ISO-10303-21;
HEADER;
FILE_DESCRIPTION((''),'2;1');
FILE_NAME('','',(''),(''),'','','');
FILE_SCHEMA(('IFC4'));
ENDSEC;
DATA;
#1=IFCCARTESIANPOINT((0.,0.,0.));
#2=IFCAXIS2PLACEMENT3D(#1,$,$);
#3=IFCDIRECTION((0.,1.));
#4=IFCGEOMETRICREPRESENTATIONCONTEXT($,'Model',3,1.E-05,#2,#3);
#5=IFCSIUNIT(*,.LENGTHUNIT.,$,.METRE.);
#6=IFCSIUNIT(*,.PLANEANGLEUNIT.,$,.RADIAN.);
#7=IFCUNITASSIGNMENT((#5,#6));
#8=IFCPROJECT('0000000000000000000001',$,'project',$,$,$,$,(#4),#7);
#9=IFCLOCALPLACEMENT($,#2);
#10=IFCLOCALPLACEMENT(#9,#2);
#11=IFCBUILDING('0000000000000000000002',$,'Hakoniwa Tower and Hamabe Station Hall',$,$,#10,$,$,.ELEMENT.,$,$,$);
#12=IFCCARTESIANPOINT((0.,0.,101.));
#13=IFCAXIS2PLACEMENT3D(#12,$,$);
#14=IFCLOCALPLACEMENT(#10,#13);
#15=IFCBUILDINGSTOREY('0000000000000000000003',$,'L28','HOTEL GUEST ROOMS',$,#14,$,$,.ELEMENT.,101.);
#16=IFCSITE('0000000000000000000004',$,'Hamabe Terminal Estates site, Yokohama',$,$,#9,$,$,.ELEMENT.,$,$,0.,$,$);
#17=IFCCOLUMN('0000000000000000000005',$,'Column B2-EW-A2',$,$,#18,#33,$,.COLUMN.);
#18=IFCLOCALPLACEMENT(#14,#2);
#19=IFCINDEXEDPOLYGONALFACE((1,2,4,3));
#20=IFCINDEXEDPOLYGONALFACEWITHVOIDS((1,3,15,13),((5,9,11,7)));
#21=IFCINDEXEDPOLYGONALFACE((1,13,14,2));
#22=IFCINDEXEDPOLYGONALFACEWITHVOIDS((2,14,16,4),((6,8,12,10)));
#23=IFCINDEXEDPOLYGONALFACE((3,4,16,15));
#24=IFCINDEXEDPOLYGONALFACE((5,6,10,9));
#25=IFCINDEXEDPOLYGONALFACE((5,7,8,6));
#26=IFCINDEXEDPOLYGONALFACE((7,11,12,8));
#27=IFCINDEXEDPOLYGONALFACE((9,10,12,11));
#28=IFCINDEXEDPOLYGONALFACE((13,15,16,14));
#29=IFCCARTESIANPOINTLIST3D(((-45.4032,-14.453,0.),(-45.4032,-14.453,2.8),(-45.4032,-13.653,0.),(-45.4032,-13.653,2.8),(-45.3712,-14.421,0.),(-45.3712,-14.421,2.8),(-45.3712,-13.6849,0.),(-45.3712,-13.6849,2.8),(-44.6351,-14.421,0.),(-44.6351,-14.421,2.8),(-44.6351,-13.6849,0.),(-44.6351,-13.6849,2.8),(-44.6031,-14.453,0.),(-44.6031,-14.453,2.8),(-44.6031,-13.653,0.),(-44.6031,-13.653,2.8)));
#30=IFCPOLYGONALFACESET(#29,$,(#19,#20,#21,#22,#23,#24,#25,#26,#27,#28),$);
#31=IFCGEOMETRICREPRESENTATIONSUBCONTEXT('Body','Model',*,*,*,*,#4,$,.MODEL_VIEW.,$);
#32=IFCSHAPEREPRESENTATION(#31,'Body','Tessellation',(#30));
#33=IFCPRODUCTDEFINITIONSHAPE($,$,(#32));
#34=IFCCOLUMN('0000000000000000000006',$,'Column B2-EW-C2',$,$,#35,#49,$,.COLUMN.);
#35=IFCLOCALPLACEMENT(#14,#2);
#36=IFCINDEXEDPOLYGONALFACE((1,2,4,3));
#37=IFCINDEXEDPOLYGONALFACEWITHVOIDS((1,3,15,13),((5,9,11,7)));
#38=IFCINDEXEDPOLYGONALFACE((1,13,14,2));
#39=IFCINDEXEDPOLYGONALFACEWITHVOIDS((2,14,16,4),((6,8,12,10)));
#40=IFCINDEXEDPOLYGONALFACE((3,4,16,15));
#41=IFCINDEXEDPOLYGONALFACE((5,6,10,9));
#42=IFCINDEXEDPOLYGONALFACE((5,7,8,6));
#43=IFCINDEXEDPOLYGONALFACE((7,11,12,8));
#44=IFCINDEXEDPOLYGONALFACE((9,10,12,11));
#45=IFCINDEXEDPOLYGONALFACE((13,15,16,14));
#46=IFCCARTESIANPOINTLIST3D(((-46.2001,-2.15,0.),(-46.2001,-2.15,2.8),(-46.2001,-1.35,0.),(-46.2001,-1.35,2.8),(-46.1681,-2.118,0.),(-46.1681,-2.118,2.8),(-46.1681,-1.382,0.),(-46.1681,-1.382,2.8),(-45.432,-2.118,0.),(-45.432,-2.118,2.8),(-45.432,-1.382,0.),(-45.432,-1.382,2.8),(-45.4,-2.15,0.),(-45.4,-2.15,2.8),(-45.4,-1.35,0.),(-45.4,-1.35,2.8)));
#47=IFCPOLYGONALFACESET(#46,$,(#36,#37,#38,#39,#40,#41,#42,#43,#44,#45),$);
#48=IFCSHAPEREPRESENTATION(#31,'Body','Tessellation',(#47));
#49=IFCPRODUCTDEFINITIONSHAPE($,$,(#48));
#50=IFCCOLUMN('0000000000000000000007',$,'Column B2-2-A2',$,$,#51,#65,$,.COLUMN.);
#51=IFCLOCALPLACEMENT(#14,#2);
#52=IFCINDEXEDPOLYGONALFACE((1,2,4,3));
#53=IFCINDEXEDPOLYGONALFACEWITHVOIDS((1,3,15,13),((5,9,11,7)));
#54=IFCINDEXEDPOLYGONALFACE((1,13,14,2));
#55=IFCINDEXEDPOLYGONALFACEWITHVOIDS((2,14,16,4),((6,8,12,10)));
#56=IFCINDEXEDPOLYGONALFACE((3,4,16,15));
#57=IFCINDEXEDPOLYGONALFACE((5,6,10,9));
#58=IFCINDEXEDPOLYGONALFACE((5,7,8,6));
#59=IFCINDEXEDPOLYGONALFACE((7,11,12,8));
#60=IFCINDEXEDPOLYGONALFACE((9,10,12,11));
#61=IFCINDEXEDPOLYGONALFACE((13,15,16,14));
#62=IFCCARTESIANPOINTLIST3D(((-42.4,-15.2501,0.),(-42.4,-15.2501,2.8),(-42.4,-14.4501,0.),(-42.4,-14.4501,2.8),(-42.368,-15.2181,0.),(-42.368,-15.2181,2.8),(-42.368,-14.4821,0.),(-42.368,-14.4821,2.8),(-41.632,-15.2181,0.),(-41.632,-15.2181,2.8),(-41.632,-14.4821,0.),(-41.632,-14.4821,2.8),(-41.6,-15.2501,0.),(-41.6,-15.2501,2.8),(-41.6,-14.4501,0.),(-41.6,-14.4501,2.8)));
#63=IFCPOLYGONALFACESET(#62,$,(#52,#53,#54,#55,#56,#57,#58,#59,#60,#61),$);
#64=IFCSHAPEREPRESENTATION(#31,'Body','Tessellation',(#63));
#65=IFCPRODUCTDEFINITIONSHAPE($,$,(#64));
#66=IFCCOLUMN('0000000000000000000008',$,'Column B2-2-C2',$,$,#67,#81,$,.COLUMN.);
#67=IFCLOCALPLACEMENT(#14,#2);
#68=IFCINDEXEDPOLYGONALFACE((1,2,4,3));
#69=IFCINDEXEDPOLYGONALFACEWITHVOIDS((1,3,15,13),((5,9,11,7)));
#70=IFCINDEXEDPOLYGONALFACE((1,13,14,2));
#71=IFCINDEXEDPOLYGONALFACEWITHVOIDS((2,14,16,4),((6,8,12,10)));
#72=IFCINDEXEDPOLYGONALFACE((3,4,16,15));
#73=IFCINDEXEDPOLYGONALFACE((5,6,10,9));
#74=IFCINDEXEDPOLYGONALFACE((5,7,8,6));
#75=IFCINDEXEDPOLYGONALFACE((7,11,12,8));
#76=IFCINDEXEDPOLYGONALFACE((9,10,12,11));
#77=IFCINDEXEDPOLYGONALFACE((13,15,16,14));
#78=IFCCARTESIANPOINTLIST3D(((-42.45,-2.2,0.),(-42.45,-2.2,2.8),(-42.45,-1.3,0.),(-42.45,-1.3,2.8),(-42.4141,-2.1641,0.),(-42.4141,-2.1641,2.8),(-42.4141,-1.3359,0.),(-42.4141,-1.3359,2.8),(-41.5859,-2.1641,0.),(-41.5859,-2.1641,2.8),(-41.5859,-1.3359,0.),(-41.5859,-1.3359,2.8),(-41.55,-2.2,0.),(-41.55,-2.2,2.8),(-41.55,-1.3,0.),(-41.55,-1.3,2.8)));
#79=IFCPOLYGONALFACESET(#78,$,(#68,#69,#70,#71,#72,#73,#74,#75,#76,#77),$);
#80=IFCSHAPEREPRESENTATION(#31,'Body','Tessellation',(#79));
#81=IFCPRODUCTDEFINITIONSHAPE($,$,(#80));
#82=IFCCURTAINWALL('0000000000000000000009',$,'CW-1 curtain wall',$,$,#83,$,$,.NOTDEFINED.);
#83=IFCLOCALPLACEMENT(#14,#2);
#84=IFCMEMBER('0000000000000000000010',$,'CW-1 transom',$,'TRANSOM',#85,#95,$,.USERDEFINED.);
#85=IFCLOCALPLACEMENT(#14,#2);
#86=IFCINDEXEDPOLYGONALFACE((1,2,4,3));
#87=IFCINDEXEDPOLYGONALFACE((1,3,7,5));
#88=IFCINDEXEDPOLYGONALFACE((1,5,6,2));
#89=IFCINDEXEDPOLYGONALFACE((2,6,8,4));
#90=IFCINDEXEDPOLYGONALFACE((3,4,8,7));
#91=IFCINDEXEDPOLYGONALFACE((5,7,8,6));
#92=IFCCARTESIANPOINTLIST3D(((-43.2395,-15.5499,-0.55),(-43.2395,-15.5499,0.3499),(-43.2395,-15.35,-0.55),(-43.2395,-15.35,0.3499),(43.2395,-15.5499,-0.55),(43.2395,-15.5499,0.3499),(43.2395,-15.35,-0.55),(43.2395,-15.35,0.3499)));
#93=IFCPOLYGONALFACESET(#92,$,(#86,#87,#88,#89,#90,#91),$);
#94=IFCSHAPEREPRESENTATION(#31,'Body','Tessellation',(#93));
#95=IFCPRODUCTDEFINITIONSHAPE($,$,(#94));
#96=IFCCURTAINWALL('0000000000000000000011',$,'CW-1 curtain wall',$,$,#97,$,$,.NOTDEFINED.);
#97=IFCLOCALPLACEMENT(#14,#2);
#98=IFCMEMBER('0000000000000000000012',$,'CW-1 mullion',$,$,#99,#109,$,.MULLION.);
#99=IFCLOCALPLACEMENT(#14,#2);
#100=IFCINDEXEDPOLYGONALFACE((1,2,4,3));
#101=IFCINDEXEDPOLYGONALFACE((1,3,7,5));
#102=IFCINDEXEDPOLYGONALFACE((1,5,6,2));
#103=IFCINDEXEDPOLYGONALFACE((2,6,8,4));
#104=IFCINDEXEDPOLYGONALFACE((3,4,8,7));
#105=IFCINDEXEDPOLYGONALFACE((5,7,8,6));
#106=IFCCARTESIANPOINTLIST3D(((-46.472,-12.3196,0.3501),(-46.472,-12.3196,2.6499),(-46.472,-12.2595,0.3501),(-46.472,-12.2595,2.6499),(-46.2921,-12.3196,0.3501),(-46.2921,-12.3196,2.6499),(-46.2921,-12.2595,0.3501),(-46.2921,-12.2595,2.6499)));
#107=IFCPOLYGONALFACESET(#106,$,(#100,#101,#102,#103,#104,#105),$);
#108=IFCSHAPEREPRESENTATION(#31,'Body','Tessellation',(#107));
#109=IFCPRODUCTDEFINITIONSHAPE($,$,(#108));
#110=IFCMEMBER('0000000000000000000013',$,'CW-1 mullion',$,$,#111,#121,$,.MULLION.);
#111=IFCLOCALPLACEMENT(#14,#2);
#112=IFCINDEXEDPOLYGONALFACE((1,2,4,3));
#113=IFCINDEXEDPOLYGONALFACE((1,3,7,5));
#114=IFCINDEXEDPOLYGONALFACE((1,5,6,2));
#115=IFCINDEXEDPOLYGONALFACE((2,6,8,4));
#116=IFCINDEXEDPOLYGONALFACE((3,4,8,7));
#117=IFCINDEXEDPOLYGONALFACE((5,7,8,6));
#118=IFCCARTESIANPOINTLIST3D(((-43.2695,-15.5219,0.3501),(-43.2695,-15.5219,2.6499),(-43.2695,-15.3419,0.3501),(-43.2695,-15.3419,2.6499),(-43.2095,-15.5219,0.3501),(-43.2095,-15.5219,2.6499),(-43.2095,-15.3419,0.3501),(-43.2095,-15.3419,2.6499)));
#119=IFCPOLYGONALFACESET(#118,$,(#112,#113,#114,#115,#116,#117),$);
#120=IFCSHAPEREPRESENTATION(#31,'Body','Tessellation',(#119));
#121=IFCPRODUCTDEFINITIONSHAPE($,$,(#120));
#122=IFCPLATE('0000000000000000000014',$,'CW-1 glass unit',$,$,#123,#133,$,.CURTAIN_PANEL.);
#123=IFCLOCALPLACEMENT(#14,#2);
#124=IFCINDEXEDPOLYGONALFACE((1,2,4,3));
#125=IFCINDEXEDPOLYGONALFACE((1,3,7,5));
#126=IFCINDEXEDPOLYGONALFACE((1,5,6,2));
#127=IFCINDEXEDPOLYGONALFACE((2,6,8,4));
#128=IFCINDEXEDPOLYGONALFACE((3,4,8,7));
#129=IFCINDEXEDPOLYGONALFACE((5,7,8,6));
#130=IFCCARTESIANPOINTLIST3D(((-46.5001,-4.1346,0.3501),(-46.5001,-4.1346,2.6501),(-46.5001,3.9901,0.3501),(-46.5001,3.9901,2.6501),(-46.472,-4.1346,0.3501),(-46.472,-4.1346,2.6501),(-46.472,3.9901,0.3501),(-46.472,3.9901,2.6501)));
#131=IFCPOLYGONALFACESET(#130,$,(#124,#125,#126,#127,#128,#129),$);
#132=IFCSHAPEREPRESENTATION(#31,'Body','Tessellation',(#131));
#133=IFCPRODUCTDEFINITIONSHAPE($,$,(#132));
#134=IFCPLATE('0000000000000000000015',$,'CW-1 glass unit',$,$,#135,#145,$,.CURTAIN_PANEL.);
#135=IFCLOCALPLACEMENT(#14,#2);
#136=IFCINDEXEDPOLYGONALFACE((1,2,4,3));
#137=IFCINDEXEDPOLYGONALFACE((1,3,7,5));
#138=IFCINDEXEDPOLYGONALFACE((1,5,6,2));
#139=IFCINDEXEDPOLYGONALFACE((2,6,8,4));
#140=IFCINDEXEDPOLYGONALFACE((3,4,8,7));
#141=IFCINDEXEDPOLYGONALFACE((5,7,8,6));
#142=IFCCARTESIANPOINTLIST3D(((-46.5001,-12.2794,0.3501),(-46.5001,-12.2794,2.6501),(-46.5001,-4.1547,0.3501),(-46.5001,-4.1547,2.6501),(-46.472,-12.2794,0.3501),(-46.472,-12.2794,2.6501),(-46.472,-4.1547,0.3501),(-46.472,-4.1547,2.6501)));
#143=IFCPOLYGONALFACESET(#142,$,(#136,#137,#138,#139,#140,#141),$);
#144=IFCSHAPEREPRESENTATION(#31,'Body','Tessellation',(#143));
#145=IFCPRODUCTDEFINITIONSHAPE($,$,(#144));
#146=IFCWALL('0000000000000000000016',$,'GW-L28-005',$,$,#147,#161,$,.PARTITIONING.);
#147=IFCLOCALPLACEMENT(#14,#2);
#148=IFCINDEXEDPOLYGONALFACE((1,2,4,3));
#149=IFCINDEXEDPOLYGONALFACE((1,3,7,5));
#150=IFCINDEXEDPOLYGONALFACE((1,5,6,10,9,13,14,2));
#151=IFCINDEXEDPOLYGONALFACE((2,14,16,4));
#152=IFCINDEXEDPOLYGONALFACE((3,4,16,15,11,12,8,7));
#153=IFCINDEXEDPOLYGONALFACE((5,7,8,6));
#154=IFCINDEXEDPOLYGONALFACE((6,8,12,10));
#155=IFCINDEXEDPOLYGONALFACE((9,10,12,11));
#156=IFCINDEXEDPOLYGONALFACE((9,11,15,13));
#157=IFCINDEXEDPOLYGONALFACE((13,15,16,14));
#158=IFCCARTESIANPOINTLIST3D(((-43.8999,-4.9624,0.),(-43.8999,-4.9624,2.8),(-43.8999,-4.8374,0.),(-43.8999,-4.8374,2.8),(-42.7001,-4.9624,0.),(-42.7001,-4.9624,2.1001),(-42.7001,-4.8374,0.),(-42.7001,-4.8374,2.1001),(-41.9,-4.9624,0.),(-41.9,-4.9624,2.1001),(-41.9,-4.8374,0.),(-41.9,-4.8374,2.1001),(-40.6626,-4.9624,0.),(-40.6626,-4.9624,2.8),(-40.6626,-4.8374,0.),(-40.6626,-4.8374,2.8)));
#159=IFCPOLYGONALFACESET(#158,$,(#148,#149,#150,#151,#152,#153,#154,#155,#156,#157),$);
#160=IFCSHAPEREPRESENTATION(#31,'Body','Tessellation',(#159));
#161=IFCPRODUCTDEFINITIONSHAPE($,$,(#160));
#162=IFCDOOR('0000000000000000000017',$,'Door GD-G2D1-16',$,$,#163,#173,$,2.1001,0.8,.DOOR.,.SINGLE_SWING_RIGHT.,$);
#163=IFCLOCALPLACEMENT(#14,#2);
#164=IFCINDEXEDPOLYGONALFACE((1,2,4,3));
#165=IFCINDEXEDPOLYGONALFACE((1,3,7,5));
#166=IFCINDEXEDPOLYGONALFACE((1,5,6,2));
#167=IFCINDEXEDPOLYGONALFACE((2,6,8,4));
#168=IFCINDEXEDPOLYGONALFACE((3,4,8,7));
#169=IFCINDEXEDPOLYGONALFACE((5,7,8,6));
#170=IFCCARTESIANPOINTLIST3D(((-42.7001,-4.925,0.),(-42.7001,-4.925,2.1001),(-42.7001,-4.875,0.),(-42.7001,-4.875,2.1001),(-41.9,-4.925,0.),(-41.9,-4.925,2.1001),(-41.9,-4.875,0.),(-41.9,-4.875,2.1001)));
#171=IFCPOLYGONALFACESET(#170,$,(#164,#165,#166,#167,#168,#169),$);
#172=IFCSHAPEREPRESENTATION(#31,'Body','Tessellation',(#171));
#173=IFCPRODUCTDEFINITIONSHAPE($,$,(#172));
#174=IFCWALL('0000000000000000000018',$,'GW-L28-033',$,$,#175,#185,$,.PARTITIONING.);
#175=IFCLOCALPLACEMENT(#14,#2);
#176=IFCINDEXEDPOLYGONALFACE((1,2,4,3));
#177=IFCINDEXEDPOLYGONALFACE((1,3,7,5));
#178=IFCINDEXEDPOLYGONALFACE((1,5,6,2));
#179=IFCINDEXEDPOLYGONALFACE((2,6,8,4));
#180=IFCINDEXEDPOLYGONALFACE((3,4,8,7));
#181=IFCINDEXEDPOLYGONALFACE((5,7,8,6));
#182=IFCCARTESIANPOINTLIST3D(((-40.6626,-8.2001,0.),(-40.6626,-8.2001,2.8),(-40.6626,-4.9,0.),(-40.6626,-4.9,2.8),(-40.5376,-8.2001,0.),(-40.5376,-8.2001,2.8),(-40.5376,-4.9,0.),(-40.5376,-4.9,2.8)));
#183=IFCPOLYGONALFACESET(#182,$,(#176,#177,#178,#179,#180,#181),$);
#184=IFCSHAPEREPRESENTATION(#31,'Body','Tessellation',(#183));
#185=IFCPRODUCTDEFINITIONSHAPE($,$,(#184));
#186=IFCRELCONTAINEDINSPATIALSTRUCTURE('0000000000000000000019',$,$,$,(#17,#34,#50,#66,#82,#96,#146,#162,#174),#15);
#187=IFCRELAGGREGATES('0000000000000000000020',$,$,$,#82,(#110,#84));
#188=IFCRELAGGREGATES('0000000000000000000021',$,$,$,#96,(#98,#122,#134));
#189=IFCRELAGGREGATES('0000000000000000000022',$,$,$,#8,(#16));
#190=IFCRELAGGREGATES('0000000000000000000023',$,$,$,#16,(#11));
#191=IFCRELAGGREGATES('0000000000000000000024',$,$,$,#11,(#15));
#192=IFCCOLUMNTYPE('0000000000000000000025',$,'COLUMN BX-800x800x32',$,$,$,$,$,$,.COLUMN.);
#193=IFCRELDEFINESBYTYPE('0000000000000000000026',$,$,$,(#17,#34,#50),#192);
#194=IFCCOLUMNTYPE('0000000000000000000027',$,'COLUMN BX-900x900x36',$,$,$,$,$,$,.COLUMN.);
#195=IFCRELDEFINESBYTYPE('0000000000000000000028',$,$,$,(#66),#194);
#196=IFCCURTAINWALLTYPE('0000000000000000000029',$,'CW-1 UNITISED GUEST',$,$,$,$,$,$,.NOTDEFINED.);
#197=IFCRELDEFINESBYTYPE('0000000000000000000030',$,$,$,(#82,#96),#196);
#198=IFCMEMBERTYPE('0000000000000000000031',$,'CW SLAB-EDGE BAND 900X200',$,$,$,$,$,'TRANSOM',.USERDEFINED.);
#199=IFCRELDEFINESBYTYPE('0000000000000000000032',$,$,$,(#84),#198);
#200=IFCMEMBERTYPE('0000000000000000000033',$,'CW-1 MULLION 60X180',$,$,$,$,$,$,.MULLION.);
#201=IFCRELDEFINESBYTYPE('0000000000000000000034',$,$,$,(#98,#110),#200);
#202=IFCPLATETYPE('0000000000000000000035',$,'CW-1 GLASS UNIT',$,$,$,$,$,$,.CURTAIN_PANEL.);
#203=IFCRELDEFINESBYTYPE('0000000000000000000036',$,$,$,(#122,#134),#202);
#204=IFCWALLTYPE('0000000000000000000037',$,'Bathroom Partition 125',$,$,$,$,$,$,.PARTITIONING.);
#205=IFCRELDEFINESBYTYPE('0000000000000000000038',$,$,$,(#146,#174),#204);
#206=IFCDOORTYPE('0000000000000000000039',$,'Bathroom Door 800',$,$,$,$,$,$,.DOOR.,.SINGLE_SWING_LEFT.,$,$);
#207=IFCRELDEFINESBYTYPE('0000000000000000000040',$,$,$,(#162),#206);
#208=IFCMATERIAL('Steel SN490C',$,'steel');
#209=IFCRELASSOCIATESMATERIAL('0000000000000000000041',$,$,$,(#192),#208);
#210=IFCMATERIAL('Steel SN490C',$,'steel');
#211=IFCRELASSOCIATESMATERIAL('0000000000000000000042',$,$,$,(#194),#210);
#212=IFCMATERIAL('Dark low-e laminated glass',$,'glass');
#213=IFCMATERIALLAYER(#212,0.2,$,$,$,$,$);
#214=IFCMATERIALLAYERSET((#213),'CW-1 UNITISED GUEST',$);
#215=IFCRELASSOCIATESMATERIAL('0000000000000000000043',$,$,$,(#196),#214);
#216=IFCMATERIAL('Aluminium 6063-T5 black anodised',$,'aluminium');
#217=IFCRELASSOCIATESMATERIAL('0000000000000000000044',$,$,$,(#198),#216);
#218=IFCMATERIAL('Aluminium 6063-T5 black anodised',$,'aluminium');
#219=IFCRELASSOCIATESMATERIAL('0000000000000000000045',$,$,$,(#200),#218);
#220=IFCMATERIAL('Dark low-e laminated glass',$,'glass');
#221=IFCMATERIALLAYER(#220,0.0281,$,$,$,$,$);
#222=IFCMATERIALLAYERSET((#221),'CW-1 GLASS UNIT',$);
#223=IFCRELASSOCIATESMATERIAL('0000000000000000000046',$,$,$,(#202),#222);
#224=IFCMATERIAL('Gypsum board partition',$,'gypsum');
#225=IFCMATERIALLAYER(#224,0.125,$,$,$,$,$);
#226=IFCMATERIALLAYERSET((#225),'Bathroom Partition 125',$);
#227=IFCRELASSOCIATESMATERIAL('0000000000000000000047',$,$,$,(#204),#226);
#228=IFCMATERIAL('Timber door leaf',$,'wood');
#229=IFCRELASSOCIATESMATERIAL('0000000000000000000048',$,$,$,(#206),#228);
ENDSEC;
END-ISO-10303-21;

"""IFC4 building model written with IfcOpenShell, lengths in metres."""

from ifc_helpers import new_model, si_unit, direction, frame, frame_2d, origin, origin_2d, place, context, subcontext, project, spatial, rectangle, hollow_rectangle, extrude, material, layer, layer_set, material_profile, profile_set, type_object, element, fill, aggregate, save


model = new_model("IFC4")

# Units and contexts
model_context = context("Model", 3, precision=1e-05, world=origin(), true_north=direction((0.0, 1.0)))
body_context = subcontext(model_context, "Body", "Model", "MODEL_VIEW")
ifc_project = project(units=[si_unit("LENGTHUNIT", "METRE"), si_unit("PLANEANGLEUNIT", "RADIAN")], contexts=[model_context])

# Site, building, storey
site_placement = place(None, origin())
site = spatial("IfcSite", under=ifc_project, at=site_placement, Name="Hamabe Terminal Estates site, Yokohama", CompositionType="ELEMENT", RefElevation=0.0)
building_placement = place(site_placement, origin())
building = spatial("IfcBuilding", under=site, at=building_placement, Name="Hakoniwa Tower and Hamabe Station Hall", CompositionType="ELEMENT")
storey_placement = place(building_placement, frame((0.0, 0.0, 101.0)))
storey = spatial("IfcBuildingStorey", under=building, at=storey_placement, Name="L28", Description="HOTEL GUEST ROOMS", CompositionType="ELEMENT", Elevation=101.0)

# Columns
ifc_material_1 = material(Name="Steel SN490C", Category="steel")
ifc_material_profile_1 = material_profile(ifc_material_1, hollow_rectangle(XDim=0.8, YDim=0.8, WallThickness=0.032, at=origin_2d()), Name="BX-800x800x32")
ifc_profile_set_1 = profile_set([ifc_material_profile_1], Name="Steel SN490C")
column_type_1 = type_object("IfcColumnType", Name="COLUMN BX-800x800x32", PredefinedType="COLUMN", material=ifc_profile_set_1)
for number, where, z_axis, x_axis, name in (
    (1, (-45.0032, -14.053, 0.0), (0.0, 0.0, 1.0), (1.0, 0.0, 0.0), "Column B2-EW-A2"),
    (2, (-45.8, -1.75, 0.0), (0.0, 0.0, 1.0), (1.0, 0.0, 0.0), "Column B2-EW-C2"),
    (3, (-42.0, -14.8501, 0.0), (0.0, 0.0, 1.0), (1.0, 0.0, 0.0), "Column B2-2-A2"),
):
    element("IfcColumn", number, at=place(storey_placement, frame(where, z_axis=z_axis, x_axis=x_axis)), inside=storey, type_object=column_type_1, Name=name, PredefinedType="COLUMN", context=body_context, shape_type="SweptSolid", body=[
        extrude(hollow_rectangle(XDim=0.8, YDim=0.8, WallThickness=0.032, at=origin_2d()), origin(), (0.0, 0.0, 1.0), 2.8),
    ])
ifc_material_2 = material(Name="Steel SN490C", Category="steel")
ifc_material_profile_2 = material_profile(ifc_material_2, hollow_rectangle(XDim=0.8999, YDim=0.8999, WallThickness=0.0359, at=origin_2d()), Name="BX-900x900x36")
ifc_profile_set_2 = profile_set([ifc_material_profile_2], Name="Steel SN490C")
column_type_2 = type_object("IfcColumnType", Name="COLUMN BX-900x900x36", PredefinedType="COLUMN", material=ifc_profile_set_2)
column_placement = place(storey_placement, frame((-42.0, -1.75, 0.0), z_axis=(0.0, 0.0, 1.0), x_axis=(1.0, 0.0, 0.0)))
element("IfcColumn", 4, at=column_placement, inside=storey, type_object=column_type_2, Name="Column B2-2-C2", PredefinedType="COLUMN", context=body_context, shape_type="SweptSolid", body=[
    extrude(hollow_rectangle(XDim=0.8999, YDim=0.8999, WallThickness=0.0359, at=origin_2d()), origin(), (0.0, 0.0, 1.0), 2.8),
])

# Curtain walls, members
ifc_material_3 = material(Name="Dark low-e laminated glass", Category="glass")
ifc_layer_1 = layer(ifc_material_3, 0.2)
ifc_layer_set_1 = layer_set([ifc_layer_1], Name="CW-1 UNITISED GUEST")
curtain_wall_type = type_object("IfcCurtainWallType", Name="CW-1 UNITISED GUEST", PredefinedType="NOTDEFINED", material=ifc_layer_set_1)
curtain_wall_1_placement = place(storey_placement, origin())
curtain_wall_1 = element("IfcCurtainWall", 5, at=curtain_wall_1_placement, inside=storey, type_object=curtain_wall_type, Name="CW-1 curtain wall", PredefinedType="NOTDEFINED")
ifc_material_4 = material(Name="Aluminium 6063-T5 black anodised", Category="aluminium")
ifc_material_profile_3 = material_profile(ifc_material_4, rectangle(XDim=0.2, YDim=0.8999, at=origin_2d()), Name="CW SLAB-EDGE BAND 900X200")
ifc_profile_set_3 = profile_set([ifc_material_profile_3], Name="Aluminium 6063-T5 black anodised")
member_type_1 = type_object("IfcMemberType", Name="CW SLAB-EDGE BAND 900X200", ElementType="TRANSOM", PredefinedType="USERDEFINED", material=ifc_profile_set_3)
member_1_placement = place(storey_placement, frame((-43.2395, -15.45, -0.1001), z_axis=(1.0, 0.0, 0.0), x_axis=(0.0, 1.0, 0.0)))
member_1 = element("IfcMember", 6, at=member_1_placement, type_object=member_type_1, Name="CW-1 transom", ObjectType="TRANSOM", PredefinedType="USERDEFINED", context=body_context, shape_type="SweptSolid", body=[
    extrude(rectangle(XDim=0.2, YDim=0.8999, at=origin_2d()), origin(), (0.0, 0.0, 1.0), 86.479),
])
curtain_wall_2_placement = place(storey_placement, origin())
curtain_wall_2 = element("IfcCurtainWall", 7, at=curtain_wall_2_placement, inside=storey, type_object=curtain_wall_type, Name="CW-1 curtain wall", PredefinedType="NOTDEFINED")
ifc_material_5 = material(Name="Aluminium 6063-T5 black anodised", Category="aluminium")
ifc_material_profile_4 = material_profile(ifc_material_5, rectangle(XDim=0.0601, YDim=0.1799, at=origin_2d()), Name="CW-1 MULLION 60X180")
ifc_profile_set_4 = profile_set([ifc_material_profile_4], Name="Aluminium 6063-T5 black anodised")
member_type_2 = type_object("IfcMemberType", Name="CW-1 MULLION 60X180", PredefinedType="MULLION", material=ifc_profile_set_4)
member_2_placement = place(storey_placement, frame((-46.3821, -12.2896, 0.3501), z_axis=(0.0, 0.0, 1.0), x_axis=(0.0, -1.0, 0.0)))
member_2 = element("IfcMember", 8, at=member_2_placement, type_object=member_type_2, Name="CW-1 mullion", PredefinedType="MULLION", context=body_context, shape_type="SweptSolid", body=[
    extrude(rectangle(XDim=0.0601, YDim=0.1799, at=origin_2d()), origin(), (0.0, 0.0, 1.0), 2.2998),
])

# Member
member_3_placement = place(storey_placement, frame((-43.2395, -15.4319, 0.3501), z_axis=(0.0, 0.0, 1.0), x_axis=(1.0, 0.0, 0.0)))
member_3 = element("IfcMember", 9, at=member_3_placement, type_object=member_type_2, Name="CW-1 mullion", PredefinedType="MULLION", context=body_context, shape_type="SweptSolid", body=[
    extrude(rectangle(XDim=0.0601, YDim=0.1799, at=origin_2d()), origin(), (0.0, 0.0, 1.0), 2.2998),
])
aggregate(curtain_wall_1, [member_3, member_1])

# Plates
ifc_material_6 = material(Name="Dark low-e laminated glass", Category="glass")
ifc_layer_2 = layer(ifc_material_6, 0.0281)
ifc_layer_set_2 = layer_set([ifc_layer_2], Name="CW-1 GLASS UNIT")
plate_type = type_object("IfcPlateType", Name="CW-1 GLASS UNIT", PredefinedType="CURTAIN_PANEL", material=ifc_layer_set_2)
plate_1_placement = place(storey_placement, frame((-46.4861, -0.0723, 0.3501), z_axis=(0.0, 0.0, 1.0), x_axis=(0.0, -1.0, 0.0)))
plate_1 = element("IfcPlate", 10, at=plate_1_placement, type_object=plate_type, Name="CW-1 glass unit", PredefinedType="CURTAIN_PANEL", context=body_context, shape_type="SweptSolid", body=[
    extrude(rectangle(XDim=8.1248, YDim=0.0281, at=origin_2d()), origin(), (0.0, 0.0, 1.0), 2.3),
])
plate_2_placement = place(storey_placement, frame((-46.4861, -8.217, 0.3501), z_axis=(0.0, 0.0, 1.0), x_axis=(0.0, -1.0, 0.0)))
plate_2 = element("IfcPlate", 11, at=plate_2_placement, type_object=plate_type, Name="CW-1 glass unit", PredefinedType="CURTAIN_PANEL", context=body_context, shape_type="SweptSolid", body=[
    extrude(rectangle(XDim=8.1248, YDim=0.0281, at=origin_2d()), origin(), (0.0, 0.0, 1.0), 2.3),
])
aggregate(curtain_wall_2, [member_2, plate_1, plate_2])

# Wall, opening, door
ifc_material_7 = material(Name="Gypsum board partition", Category="gypsum")
ifc_layer_3 = layer(ifc_material_7, 0.125)
ifc_layer_set_3 = layer_set([ifc_layer_3], Name="Bathroom Partition 125")
wall_type_1 = type_object("IfcWallType", Name="Bathroom Partition 125", PredefinedType="PARTITIONING", material=ifc_layer_set_3)
wall_1_placement = place(storey_placement, frame((-43.8999, -4.8999, 0.0), z_axis=(0.0, 0.0, 1.0), x_axis=(1.0, 0.0, 0.0)))
wall_1 = element("IfcWall", 12, at=wall_1_placement, inside=storey, type_object=wall_type_1, Name="GW-L28-005", PredefinedType="PARTITIONING", context=body_context, shape_type="SweptSolid", body=[
    extrude(rectangle(XDim=3.2373, YDim=0.125, at=frame_2d((1.6187, 0.0))), origin(), (0.0, 0.0, 1.0), 2.8),
])
opening_1_placement = place(wall_1_placement, frame((1.2, 0.0, 0.0)))
opening_1 = element("IfcOpeningElement", 13, at=opening_1_placement, cuts=wall_1, PredefinedType="OPENING", context=body_context, shape_type="SweptSolid", body=[
    extrude(rectangle(XDim=0.8, YDim=2.1001, at=frame_2d((0.3999, 1.05))), frame((0.0, 0.0725, 0.0), z_axis=(0.0, -1.0, 0.0), x_axis=(1.0, 0.0, 0.0)), (0.0, 0.0, 1.0), 0.145),
])
ifc_material_8 = material(Name="Timber door leaf", Category="wood")
door_type_1 = type_object("IfcDoorType", Name="Bathroom Door 800", OperationType="SINGLE_SWING_LEFT", PredefinedType="DOOR", material=ifc_material_8)
door_1_placement = place(opening_1_placement, origin())
door_1 = element("IfcDoor", 14, at=door_1_placement, inside=storey, type_object=door_type_1, Name="Door GD-G2D1-16", OperationType="SINGLE_SWING_RIGHT", OverallHeight=2.1001, OverallWidth=0.8, PredefinedType="DOOR", context=body_context, shape_type="SweptSolid", body=[
    extrude(rectangle(XDim=0.8, YDim=2.1001, at=frame_2d((0.3999, 1.05))), frame((0.0, 0.0249, 0.0), z_axis=(0.0, -1.0, 0.0), x_axis=(1.0, 0.0, 0.0)), (0.0, 0.0, 1.0), 0.05),
])
fill(opening_1, door_1)

# Wall
wall_2_placement = place(storey_placement, frame((-40.6001, -8.2, 0.0), z_axis=(0.0, 0.0, 1.0), x_axis=(0.0, 1.0, 0.0)))
element("IfcWall", 15, at=wall_2_placement, inside=storey, type_object=wall_type_1, Name="GW-L28-033", PredefinedType="PARTITIONING", context=body_context, shape_type="SweptSolid", body=[
    extrude(rectangle(XDim=3.3, YDim=0.125, at=frame_2d((1.6499, 0.0))), origin(), (0.0, 0.0, 1.0), 2.8),
])

save(model, "model.ifc")
